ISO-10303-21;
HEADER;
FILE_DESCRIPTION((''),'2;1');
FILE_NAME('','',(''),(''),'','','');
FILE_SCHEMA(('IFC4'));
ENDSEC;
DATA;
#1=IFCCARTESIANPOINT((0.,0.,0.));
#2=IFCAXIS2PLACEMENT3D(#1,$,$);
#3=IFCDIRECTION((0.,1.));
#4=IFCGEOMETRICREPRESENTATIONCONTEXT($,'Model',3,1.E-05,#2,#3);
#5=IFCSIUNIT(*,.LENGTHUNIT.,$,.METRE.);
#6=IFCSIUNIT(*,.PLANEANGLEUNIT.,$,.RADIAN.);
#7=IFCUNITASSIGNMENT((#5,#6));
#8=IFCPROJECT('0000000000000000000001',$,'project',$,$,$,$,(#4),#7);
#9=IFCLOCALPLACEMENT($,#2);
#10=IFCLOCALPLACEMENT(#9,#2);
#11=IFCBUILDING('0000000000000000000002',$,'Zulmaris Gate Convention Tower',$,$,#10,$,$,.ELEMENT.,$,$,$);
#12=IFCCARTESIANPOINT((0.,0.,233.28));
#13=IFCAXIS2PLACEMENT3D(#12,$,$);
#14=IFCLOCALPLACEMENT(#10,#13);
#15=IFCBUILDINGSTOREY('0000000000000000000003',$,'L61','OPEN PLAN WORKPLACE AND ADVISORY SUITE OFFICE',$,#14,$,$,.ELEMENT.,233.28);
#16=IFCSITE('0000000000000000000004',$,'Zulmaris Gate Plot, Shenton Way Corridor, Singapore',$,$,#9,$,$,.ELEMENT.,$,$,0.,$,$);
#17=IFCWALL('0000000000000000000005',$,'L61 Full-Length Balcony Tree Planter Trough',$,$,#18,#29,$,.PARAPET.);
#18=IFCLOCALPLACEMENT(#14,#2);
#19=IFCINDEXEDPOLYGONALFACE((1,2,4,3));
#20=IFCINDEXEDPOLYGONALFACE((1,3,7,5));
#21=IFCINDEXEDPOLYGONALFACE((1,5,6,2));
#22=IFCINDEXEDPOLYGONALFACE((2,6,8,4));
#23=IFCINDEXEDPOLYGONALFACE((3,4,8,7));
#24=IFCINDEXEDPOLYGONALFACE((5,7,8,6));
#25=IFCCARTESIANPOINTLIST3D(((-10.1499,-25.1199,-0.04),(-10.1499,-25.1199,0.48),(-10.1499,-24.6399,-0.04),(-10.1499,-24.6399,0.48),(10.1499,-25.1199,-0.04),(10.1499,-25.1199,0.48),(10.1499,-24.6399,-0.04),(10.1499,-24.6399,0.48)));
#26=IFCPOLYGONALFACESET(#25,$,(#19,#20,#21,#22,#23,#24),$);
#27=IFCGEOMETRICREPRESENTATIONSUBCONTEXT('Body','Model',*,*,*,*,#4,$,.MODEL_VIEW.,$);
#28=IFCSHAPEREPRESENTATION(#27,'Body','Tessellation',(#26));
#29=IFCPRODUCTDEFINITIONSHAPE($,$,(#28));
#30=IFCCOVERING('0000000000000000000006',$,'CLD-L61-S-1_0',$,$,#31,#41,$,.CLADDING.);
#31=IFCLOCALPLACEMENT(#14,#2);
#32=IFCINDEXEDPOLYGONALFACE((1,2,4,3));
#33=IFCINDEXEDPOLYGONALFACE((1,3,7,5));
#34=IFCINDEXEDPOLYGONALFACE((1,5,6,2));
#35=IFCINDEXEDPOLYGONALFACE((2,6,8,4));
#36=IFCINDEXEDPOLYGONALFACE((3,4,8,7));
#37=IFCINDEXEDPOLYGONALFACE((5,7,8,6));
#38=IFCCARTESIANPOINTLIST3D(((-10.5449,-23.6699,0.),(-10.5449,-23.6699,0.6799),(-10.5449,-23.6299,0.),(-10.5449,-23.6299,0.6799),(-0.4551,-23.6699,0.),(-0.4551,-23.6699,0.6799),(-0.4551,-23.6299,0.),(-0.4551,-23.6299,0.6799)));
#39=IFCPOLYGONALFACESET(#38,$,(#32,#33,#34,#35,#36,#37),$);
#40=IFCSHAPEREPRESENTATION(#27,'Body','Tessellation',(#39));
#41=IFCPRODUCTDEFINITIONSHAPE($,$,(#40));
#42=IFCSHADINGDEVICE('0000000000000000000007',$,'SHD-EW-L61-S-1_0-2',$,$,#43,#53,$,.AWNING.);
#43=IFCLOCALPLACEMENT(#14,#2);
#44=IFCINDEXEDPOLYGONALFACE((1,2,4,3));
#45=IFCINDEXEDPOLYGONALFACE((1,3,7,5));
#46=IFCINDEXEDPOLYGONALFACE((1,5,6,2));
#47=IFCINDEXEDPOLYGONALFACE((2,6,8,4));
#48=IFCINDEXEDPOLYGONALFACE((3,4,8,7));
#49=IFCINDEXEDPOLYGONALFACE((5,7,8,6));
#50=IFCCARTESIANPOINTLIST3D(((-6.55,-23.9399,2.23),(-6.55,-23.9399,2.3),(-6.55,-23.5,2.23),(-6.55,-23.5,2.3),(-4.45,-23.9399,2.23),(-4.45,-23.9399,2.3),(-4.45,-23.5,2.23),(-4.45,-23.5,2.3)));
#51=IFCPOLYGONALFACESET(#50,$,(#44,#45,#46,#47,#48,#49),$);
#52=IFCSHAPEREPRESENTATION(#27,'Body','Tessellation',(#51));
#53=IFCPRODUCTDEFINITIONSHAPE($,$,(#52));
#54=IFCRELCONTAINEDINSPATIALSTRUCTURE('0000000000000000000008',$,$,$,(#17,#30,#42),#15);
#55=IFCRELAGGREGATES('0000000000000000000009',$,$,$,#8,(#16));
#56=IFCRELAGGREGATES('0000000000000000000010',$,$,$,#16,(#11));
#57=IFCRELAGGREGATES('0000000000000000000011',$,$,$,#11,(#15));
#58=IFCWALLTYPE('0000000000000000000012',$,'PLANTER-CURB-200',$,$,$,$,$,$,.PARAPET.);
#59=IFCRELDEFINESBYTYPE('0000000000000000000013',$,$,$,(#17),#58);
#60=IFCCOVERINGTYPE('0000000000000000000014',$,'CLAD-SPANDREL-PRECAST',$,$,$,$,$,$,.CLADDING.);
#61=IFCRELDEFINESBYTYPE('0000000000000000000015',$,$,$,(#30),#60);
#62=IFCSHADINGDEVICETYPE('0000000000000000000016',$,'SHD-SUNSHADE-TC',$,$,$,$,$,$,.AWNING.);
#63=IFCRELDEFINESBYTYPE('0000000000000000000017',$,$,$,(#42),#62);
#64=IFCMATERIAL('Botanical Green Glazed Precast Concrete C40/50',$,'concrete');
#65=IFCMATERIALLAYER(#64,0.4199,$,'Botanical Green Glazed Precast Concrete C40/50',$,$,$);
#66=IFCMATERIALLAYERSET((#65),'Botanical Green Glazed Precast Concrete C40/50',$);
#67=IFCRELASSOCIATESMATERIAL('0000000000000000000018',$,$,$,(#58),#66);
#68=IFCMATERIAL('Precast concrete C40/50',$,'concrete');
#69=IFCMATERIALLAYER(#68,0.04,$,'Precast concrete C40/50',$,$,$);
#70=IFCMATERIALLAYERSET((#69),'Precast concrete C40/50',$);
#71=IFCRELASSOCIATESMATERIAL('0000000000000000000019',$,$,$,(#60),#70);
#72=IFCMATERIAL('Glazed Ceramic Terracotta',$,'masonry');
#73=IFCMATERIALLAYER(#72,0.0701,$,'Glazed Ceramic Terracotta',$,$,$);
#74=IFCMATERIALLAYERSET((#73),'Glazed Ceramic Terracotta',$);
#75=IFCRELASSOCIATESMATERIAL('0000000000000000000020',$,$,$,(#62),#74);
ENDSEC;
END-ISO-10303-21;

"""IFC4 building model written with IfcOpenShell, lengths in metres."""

from ifc_helpers import new_model, si_unit, direction, frame, frame_2d, origin, place, context, subcontext, project, spatial, rectangle, extrude, material, layer, layer_set, type_object, element, save


model = new_model("IFC4")

# Units and contexts
model_context = context("Model", 3, precision=1e-05, world=origin(), true_north=direction((0.0, 1.0)))
body_context = subcontext(model_context, "Body", "Model", "MODEL_VIEW")
ifc_project = project(units=[si_unit("LENGTHUNIT", "METRE"), si_unit("PLANEANGLEUNIT", "RADIAN")], contexts=[model_context])

# Site, building, storey
site_placement = place(None, origin())
site = spatial("IfcSite", under=ifc_project, at=site_placement, Name="Zulmaris Gate Plot, Shenton Way Corridor, Singapore", CompositionType="ELEMENT", RefElevation=0.0)
building_placement = place(site_placement, origin())
building = spatial("IfcBuilding", under=site, at=building_placement, Name="Zulmaris Gate Convention Tower", CompositionType="ELEMENT")
storey_placement = place(building_placement, frame((0.0, 0.0, 233.28)))
storey = spatial("IfcBuildingStorey", under=building, at=storey_placement, Name="L61", Description="OPEN PLAN WORKPLACE AND ADVISORY SUITE OFFICE", CompositionType="ELEMENT", Elevation=233.28)

# Wall
ifc_material_1 = material(Name="Botanical Green Glazed Precast Concrete C40/50", Category="concrete")
ifc_layer_1 = layer(ifc_material_1, 0.4199, Name="Botanical Green Glazed Precast Concrete C40/50")
ifc_layer_set_1 = layer_set([ifc_layer_1], Name="Botanical Green Glazed Precast Concrete C40/50")
wall_type_1 = type_object("IfcWallType", Name="PLANTER-CURB-200", PredefinedType="PARAPET", material=ifc_layer_set_1)
wall_1_placement = place(storey_placement, frame((-10.1499, -24.8799, -0.04), z_axis=(0.0, 0.0, 1.0), x_axis=(1.0, 0.0, 0.0)))
element("IfcWall", 1, at=wall_1_placement, inside=storey, type_object=wall_type_1, Name="L61 Full-Length Balcony Tree Planter Trough", PredefinedType="PARAPET", context=body_context, shape_type="SweptSolid", body=[
    extrude(rectangle(XDim=20.2998, YDim=0.48, at=frame_2d((10.1499, 0.0))), origin(), (0.0, 0.0, 1.0), 0.52),
])

# Shared definitions
ifc_material_2 = material(Name="Precast concrete C40/50", Category="concrete")

# Covering
ifc_layer_2 = layer(ifc_material_2, 0.04, Name="Precast concrete C40/50")
ifc_layer_set_2 = layer_set([ifc_layer_2], Name="Precast concrete C40/50")
covering_type = type_object("IfcCoveringType", Name="CLAD-SPANDREL-PRECAST", PredefinedType="CLADDING", material=ifc_layer_set_2)
covering_placement = place(storey_placement, frame((-10.5449, -23.6499, 0.0), z_axis=(0.0, 0.0, 1.0), x_axis=(1.0, 0.0, 0.0)))
element("IfcCovering", 2, at=covering_placement, inside=storey, type_object=covering_type, Name="CLD-L61-S-1_0", PredefinedType="CLADDING", context=body_context, shape_type="SweptSolid", body=[
    extrude(rectangle(XDim=10.0898, YDim=0.04, at=frame_2d((5.0449, 0.0))), origin(), (0.0, 0.0, 1.0), 0.6799),
])

# Shading device
ifc_material_3 = material(Name="Glazed Ceramic Terracotta", Category="masonry")
ifc_layer_3 = layer(ifc_material_3, 0.0701, Name="Glazed Ceramic Terracotta")
ifc_layer_set_3 = layer_set([ifc_layer_3], Name="Glazed Ceramic Terracotta")
shading_device_type = type_object("IfcShadingDeviceType", Name="SHD-SUNSHADE-TC", PredefinedType="AWNING", material=ifc_layer_set_3)
shading_device_placement = place(storey_placement, frame((-6.55, -23.72, 2.23), z_axis=(0.0, 0.0, 1.0), x_axis=(1.0, 0.0, 0.0)))
element("IfcShadingDevice", 3, at=shading_device_placement, inside=storey, type_object=shading_device_type, Name="SHD-EW-L61-S-1_0-2", PredefinedType="AWNING", context=body_context, shape_type="SweptSolid", body=[
    extrude(rectangle(XDim=2.1001, YDim=0.4399, at=frame_2d((1.05, 0.0))), origin(), (0.0, 0.0, 1.0), 0.0701),
])

save(model, "model.ifc")
